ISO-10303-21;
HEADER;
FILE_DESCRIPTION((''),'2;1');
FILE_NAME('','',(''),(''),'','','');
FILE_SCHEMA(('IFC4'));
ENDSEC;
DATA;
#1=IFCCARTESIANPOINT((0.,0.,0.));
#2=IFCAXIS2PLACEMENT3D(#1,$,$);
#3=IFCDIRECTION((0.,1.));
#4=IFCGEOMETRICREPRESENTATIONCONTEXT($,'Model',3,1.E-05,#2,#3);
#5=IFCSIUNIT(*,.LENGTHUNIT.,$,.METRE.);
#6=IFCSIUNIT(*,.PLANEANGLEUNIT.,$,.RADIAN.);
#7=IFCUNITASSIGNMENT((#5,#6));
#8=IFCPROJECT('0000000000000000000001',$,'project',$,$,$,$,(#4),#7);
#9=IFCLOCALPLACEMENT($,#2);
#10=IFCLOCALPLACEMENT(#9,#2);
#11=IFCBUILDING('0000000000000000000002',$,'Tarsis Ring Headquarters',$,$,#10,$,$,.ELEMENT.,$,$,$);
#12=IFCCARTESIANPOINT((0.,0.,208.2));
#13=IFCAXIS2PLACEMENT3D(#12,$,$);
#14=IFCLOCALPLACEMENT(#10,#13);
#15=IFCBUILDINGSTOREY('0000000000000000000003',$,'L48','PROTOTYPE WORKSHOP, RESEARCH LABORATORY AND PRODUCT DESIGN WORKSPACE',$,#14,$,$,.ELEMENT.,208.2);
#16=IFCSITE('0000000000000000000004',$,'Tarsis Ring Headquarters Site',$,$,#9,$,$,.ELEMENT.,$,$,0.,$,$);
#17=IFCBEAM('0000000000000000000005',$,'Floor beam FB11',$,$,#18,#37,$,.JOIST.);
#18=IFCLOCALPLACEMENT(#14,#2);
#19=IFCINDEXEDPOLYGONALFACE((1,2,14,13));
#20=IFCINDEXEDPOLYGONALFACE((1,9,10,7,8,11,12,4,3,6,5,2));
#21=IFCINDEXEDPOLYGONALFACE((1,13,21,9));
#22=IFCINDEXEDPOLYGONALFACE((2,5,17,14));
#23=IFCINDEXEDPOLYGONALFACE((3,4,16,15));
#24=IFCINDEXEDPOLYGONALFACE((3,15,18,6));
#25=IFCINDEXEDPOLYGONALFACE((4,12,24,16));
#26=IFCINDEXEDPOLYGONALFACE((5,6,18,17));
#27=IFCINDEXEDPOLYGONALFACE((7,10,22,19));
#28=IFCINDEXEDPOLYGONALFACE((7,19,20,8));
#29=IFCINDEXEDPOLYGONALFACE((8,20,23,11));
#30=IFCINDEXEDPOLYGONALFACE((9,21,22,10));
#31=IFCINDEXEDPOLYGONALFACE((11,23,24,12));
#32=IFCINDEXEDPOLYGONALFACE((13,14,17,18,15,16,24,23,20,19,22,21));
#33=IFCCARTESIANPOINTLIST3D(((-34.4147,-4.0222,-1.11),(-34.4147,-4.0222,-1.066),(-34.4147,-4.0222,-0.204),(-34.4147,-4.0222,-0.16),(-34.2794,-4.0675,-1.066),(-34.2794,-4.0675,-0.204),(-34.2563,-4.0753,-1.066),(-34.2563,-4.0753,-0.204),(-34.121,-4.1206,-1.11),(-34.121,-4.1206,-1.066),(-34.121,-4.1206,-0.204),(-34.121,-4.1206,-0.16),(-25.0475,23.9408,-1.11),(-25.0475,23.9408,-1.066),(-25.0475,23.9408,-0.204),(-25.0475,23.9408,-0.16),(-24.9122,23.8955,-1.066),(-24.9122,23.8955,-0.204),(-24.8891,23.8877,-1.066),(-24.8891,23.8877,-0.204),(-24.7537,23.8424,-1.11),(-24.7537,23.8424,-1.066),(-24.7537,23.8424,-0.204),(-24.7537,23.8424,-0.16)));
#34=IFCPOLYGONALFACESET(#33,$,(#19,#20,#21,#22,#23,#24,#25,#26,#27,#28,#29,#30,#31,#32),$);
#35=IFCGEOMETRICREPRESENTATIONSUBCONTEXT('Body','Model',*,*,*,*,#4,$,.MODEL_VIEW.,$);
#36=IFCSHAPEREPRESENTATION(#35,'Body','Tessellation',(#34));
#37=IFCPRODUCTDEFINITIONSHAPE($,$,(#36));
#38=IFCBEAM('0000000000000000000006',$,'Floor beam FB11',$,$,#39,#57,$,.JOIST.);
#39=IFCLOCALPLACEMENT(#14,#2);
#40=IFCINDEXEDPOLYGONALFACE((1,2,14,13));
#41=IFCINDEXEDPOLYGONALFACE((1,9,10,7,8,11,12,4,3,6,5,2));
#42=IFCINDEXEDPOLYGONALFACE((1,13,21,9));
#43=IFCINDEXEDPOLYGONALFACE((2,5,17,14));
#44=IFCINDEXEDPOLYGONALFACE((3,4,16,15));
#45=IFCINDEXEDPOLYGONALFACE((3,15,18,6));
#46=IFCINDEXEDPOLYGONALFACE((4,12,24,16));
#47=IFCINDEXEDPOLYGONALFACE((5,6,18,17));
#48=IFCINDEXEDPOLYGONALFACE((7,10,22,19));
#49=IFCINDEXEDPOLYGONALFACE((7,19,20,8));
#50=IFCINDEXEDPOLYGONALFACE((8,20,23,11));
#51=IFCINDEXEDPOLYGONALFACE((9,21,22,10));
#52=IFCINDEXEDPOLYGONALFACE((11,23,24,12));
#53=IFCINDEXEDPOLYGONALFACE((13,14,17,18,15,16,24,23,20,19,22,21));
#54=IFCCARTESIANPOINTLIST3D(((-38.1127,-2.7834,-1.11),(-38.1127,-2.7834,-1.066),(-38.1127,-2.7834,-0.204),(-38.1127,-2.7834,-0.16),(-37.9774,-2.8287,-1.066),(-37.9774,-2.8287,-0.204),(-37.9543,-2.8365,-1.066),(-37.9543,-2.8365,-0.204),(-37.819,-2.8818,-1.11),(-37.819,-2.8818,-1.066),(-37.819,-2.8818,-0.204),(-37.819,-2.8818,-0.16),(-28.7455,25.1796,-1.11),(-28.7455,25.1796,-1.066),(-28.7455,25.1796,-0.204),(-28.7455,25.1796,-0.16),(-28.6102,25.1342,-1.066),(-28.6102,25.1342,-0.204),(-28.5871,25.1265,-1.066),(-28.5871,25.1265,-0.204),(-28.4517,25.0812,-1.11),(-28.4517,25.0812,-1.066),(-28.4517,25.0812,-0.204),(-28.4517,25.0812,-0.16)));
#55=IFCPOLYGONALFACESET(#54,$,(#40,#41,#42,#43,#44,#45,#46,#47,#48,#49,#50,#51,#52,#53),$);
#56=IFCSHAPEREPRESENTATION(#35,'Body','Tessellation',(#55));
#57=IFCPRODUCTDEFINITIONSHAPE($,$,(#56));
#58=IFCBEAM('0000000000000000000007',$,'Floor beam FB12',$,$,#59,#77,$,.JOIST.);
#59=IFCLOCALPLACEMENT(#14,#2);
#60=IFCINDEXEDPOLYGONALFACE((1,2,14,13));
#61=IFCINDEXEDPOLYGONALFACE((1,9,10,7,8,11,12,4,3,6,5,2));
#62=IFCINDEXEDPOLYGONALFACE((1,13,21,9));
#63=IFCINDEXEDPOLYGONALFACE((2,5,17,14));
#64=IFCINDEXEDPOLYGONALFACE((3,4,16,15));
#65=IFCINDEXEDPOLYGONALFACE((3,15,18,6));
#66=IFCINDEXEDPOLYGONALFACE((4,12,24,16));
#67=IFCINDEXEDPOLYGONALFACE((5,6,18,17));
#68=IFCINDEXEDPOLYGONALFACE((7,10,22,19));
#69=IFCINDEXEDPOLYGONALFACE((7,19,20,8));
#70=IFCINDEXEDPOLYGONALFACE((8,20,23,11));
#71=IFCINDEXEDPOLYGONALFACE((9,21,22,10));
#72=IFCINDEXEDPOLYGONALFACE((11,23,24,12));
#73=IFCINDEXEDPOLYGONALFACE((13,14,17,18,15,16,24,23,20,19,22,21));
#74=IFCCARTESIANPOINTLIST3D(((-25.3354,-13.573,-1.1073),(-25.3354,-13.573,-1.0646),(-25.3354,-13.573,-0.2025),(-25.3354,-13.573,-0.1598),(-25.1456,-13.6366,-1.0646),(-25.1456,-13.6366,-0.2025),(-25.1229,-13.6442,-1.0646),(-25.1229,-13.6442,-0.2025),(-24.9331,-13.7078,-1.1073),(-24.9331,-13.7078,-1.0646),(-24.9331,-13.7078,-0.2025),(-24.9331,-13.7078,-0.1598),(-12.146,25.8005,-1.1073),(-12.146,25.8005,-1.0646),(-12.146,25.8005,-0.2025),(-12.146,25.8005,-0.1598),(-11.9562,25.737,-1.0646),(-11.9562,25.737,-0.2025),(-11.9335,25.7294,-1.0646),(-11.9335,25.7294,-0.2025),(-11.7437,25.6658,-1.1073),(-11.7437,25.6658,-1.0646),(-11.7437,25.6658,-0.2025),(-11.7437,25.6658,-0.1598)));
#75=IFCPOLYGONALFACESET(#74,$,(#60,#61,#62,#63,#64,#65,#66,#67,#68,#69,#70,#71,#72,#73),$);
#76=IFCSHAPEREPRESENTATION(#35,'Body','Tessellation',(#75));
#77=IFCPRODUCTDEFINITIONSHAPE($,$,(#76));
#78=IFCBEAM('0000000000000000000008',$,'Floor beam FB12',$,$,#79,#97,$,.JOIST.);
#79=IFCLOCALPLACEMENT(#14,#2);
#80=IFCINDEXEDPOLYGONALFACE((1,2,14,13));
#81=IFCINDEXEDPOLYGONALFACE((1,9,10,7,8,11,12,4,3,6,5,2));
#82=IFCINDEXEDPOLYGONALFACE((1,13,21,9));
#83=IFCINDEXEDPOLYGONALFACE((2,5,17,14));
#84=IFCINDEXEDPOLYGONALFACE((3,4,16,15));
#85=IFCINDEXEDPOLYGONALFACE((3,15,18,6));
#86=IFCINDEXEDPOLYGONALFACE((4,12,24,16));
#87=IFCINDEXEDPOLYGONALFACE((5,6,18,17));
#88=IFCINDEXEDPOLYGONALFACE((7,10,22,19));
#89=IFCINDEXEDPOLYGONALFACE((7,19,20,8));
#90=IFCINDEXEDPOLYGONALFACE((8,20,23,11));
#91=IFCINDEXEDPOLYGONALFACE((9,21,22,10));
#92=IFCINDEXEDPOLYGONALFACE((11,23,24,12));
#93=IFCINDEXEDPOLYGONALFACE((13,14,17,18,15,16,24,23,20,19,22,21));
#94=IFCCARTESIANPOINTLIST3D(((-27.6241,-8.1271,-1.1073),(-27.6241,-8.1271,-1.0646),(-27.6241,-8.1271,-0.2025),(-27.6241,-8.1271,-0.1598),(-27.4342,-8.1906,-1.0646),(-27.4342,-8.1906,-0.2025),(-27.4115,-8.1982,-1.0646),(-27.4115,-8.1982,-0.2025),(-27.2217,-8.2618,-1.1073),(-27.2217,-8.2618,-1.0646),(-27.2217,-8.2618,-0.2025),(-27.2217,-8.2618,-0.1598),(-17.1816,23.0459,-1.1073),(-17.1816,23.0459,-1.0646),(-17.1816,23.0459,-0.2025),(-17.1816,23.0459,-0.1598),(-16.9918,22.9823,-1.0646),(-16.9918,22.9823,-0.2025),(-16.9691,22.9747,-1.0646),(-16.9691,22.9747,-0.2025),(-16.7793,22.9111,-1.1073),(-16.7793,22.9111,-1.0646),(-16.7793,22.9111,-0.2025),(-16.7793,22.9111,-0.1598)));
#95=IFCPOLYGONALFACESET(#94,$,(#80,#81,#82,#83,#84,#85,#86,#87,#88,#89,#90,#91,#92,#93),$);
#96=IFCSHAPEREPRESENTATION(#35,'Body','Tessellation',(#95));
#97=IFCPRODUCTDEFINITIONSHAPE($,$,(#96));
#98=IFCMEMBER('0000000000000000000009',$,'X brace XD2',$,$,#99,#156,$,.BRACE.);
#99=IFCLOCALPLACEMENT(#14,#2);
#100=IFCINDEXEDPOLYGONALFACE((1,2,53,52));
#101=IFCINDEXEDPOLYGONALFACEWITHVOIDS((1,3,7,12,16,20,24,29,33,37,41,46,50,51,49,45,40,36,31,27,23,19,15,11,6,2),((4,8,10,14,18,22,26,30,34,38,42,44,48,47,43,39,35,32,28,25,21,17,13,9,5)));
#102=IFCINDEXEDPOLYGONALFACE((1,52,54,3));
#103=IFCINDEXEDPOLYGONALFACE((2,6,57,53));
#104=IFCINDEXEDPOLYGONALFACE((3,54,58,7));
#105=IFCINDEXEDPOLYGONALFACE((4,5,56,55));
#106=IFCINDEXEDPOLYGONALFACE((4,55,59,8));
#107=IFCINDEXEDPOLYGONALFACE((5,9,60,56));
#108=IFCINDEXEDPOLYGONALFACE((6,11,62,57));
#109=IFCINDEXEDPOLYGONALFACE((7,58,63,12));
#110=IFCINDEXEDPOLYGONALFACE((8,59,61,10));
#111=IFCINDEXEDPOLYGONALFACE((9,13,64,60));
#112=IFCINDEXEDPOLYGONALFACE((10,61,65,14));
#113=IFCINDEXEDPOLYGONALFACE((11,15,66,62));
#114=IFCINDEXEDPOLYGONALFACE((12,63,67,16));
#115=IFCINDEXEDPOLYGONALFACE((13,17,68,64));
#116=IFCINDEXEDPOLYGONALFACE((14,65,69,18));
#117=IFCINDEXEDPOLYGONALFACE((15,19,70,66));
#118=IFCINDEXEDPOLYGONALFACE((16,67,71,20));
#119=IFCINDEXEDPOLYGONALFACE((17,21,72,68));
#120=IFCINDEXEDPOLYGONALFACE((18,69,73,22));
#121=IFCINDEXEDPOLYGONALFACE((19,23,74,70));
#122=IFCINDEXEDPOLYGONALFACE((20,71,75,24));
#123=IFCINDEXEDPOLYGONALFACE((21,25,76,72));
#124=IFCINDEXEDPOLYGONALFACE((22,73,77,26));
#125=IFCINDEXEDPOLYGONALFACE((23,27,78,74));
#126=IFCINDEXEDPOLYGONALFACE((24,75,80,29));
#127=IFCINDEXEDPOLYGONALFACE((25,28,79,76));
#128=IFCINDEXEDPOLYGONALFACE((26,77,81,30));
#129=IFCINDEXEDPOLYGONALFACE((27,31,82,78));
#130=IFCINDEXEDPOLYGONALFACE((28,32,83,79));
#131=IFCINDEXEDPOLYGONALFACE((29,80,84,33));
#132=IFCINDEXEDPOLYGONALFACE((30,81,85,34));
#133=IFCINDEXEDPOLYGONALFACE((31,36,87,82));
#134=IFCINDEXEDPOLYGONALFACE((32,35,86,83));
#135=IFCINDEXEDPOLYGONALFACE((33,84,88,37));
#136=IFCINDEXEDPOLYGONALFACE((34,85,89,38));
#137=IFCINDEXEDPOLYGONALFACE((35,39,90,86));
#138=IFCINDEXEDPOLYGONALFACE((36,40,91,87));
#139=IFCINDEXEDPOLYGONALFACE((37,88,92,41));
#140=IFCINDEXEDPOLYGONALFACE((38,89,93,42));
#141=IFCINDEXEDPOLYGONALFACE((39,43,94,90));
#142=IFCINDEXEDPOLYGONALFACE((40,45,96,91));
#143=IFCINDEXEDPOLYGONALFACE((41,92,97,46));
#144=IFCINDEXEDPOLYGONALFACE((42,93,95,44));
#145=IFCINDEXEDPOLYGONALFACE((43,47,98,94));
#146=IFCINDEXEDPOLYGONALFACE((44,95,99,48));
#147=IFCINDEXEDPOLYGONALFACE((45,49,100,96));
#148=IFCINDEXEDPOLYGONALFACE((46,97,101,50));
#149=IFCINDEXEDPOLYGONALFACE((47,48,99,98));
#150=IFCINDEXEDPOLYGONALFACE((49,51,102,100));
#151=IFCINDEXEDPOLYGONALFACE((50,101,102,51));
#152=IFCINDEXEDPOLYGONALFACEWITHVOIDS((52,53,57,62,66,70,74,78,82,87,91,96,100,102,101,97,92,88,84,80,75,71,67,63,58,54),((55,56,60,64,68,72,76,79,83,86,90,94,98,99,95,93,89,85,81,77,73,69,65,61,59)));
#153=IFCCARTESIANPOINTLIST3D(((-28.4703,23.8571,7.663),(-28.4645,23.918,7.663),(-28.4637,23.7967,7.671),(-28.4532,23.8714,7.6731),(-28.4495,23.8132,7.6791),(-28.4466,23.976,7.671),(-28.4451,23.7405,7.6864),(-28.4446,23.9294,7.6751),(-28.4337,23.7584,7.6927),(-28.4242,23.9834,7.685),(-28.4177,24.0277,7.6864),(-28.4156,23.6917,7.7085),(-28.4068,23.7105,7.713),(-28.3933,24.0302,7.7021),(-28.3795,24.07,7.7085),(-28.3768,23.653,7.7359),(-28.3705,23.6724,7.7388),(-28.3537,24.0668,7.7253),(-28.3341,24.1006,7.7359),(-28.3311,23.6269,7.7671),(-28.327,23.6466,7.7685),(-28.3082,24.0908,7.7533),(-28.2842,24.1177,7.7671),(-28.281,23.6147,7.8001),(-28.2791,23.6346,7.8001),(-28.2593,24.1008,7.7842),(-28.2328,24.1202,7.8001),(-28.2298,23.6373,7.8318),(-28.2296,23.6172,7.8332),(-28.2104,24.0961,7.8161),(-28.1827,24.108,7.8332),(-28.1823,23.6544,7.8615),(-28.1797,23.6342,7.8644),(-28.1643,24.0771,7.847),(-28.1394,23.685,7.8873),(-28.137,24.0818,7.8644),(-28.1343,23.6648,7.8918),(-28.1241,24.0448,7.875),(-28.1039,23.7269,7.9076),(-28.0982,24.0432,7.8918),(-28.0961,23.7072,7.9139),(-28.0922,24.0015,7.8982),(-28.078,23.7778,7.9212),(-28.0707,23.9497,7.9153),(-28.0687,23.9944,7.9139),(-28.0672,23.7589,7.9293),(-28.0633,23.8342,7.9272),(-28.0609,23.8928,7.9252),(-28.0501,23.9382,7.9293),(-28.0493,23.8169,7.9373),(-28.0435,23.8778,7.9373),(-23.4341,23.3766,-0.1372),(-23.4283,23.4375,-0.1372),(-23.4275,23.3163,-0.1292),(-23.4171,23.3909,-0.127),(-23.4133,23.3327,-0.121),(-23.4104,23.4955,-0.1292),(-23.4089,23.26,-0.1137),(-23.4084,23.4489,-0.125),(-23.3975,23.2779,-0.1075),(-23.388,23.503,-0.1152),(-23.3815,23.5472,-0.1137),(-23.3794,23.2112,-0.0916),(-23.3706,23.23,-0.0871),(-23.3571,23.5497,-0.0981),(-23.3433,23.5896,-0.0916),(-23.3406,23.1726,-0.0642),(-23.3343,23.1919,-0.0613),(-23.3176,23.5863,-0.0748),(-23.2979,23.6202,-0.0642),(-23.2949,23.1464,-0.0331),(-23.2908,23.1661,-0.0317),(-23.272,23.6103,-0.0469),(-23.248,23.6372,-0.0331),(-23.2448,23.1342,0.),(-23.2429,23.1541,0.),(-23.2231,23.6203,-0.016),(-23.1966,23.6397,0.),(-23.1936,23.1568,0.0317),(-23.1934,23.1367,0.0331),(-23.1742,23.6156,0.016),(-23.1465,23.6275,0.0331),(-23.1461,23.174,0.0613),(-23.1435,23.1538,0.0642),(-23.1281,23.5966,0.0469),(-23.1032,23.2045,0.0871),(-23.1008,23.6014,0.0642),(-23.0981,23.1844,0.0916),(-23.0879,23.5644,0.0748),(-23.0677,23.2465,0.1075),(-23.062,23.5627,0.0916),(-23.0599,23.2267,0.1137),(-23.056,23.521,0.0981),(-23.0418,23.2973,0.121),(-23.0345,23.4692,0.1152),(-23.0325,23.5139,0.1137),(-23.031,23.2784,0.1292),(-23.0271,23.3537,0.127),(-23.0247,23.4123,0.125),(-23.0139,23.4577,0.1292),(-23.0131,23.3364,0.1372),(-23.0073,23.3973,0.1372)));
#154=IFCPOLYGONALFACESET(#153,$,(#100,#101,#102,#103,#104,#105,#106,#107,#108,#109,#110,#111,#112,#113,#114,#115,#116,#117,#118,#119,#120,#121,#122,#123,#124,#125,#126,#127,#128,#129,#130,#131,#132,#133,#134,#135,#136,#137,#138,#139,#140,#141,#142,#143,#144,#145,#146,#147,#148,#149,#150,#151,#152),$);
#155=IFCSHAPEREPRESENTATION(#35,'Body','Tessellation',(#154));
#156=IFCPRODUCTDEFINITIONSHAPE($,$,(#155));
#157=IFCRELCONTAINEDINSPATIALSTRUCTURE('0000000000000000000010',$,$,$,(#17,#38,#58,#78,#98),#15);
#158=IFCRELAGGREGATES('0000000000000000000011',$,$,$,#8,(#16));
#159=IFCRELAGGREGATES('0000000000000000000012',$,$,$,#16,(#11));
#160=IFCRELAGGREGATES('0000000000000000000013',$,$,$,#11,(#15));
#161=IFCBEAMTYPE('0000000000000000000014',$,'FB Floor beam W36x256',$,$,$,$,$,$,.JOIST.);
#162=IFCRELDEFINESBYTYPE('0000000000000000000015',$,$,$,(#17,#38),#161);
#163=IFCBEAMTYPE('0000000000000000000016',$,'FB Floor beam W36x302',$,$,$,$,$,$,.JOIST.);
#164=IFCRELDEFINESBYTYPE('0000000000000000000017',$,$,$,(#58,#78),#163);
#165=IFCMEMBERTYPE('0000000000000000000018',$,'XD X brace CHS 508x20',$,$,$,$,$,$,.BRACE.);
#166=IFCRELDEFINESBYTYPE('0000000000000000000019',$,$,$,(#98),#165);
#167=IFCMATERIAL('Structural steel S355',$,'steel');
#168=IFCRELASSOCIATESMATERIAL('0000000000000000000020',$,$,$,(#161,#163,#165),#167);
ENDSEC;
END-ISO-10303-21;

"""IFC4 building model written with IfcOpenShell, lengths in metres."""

from ifc_helpers import new_model, si_unit, direction, frame, origin, origin_2d, place, context, subcontext, project, spatial, hollow_circle, i_section, extrude, material, material_profile, profile_set, type_object, element, save


model = new_model("IFC4")

# Units and contexts
model_context = context("Model", 3, precision=1e-05, world=origin(), true_north=direction((0.0, 1.0)))
body_context = subcontext(model_context, "Body", "Model", "MODEL_VIEW")
ifc_project = project(units=[si_unit("LENGTHUNIT", "METRE"), si_unit("PLANEANGLEUNIT", "RADIAN")], contexts=[model_context])

# Site, building, storey
site_placement = place(None, origin())
site = spatial("IfcSite", under=ifc_project, at=site_placement, Name="Tarsis Ring Headquarters Site", CompositionType="ELEMENT", RefElevation=0.0)
building_placement = place(site_placement, origin())
building = spatial("IfcBuilding", under=site, at=building_placement, Name="Tarsis Ring Headquarters", CompositionType="ELEMENT")
storey_placement = place(building_placement, frame((0.0, 0.0, 208.2)))
storey = spatial("IfcBuildingStorey", under=building, at=storey_placement, Name="L48", Description="PROTOTYPE WORKSHOP, RESEARCH LABORATORY AND PRODUCT DESIGN WORKSPACE", CompositionType="ELEMENT", Elevation=208.2)

# Shared definitions
ifc_material_1 = material(Name="Structural steel S355", Category="steel")

# Beams
ifc_material_profile_1 = material_profile(ifc_material_1, i_section(OverallWidth=0.3098, OverallDepth=0.95, WebThickness=0.0244, FlangeThickness=0.0439, at=origin_2d()), Name="W36x256")
ifc_profile_set_1 = profile_set([ifc_material_profile_1], Name="Structural steel S355")
beam_type_1 = type_object("IfcBeamType", Name="FB Floor beam W36x256", PredefinedType="JOIST", material=ifc_profile_set_1)
for number, where, z_axis, x_axis, name in (
    (1, (-24.9006, 23.8916, -0.635), (-0.317638, -0.948212, 0.0), (0.948212, -0.317638, 0.0), "Floor beam FB11"),
    (2, (-28.5986, 25.1304, -0.635), (-0.317638, -0.948212, 0.0), (0.948212, -0.317638, 0.0), "Floor beam FB11"),
):
    element("IfcBeam", number, at=place(storey_placement, frame(where, z_axis=z_axis, x_axis=x_axis)), inside=storey, type_object=beam_type_1, Name=name, PredefinedType="JOIST", context=body_context, shape_type="SweptSolid", body=[
        extrude(i_section(OverallWidth=0.3098, OverallDepth=0.95, WebThickness=0.0244, FlangeThickness=0.0439, at=origin_2d()), origin(), (0.0, 0.0, 1.0), 29.4902),
    ])
ifc_material_profile_2 = material_profile(ifc_material_1, i_section(OverallWidth=0.4243, OverallDepth=0.9475, WebThickness=0.0239, FlangeThickness=0.0427, at=origin_2d()), Name="W36x302")
ifc_profile_set_2 = profile_set([ifc_material_profile_2], Name="Structural steel S355")
beam_type_2 = type_object("IfcBeamType", Name="FB Floor beam W36x302", PredefinedType="JOIST", material=ifc_profile_set_2)
beam_1_placement = place(storey_placement, frame((-11.9448, 25.7332, -0.6335), z_axis=(-0.317635, -0.948213, 0.0), x_axis=(0.948213, -0.317635, 0.0)))
element("IfcBeam", 3, at=beam_1_placement, inside=storey, type_object=beam_type_2, Name="Floor beam FB12", PredefinedType="JOIST", context=body_context, shape_type="SweptSolid", body=[
    extrude(i_section(OverallWidth=0.4243, OverallDepth=0.9475, WebThickness=0.0239, FlangeThickness=0.0427, at=origin_2d()), origin(), (0.0, 0.0, 1.0), 41.5239),
])
beam_2_placement = place(storey_placement, frame((-16.9805, 22.9785, -0.6335), z_axis=(-0.317635, -0.948213, 0.0), x_axis=(0.948213, -0.317635, 0.0)))
element("IfcBeam", 4, at=beam_2_placement, inside=storey, type_object=beam_type_2, Name="Floor beam FB12", PredefinedType="JOIST", context=body_context, shape_type="SweptSolid", body=[
    extrude(i_section(OverallWidth=0.4243, OverallDepth=0.9475, WebThickness=0.0239, FlangeThickness=0.0427, at=origin_2d()), origin(), (0.0, 0.0, 1.0), 32.8755),
])

# Member
ifc_material_profile_3 = material_profile(ifc_material_1, hollow_circle(Radius=0.2539, WallThickness=0.02, at=origin_2d()), Name="CHS 508x20")
ifc_profile_set_3 = profile_set([ifc_material_profile_3], Name="Structural steel S355")
member_type = type_object("IfcMemberType", Name="XD X brace CHS 508x20", PredefinedType="BRACE", material=ifc_profile_set_3)
member_1_placement = place(storey_placement, frame((-23.2207, 23.387, 0.0), z_axis=(-0.541694, 0.05168, 0.838985), x_axis=(-0.094973, -0.99548, 0.0)))
element("IfcMember", 5, at=member_1_placement, inside=storey, type_object=member_type, Name="X brace XD2", PredefinedType="BRACE", context=body_context, shape_type="SweptSolid", body=[
    extrude(hollow_circle(Radius=0.2539, WallThickness=0.02, at=origin_2d()), origin(), (0.0, 0.0, 1.0), 9.2971),
])

save(model, "model.ifc")
